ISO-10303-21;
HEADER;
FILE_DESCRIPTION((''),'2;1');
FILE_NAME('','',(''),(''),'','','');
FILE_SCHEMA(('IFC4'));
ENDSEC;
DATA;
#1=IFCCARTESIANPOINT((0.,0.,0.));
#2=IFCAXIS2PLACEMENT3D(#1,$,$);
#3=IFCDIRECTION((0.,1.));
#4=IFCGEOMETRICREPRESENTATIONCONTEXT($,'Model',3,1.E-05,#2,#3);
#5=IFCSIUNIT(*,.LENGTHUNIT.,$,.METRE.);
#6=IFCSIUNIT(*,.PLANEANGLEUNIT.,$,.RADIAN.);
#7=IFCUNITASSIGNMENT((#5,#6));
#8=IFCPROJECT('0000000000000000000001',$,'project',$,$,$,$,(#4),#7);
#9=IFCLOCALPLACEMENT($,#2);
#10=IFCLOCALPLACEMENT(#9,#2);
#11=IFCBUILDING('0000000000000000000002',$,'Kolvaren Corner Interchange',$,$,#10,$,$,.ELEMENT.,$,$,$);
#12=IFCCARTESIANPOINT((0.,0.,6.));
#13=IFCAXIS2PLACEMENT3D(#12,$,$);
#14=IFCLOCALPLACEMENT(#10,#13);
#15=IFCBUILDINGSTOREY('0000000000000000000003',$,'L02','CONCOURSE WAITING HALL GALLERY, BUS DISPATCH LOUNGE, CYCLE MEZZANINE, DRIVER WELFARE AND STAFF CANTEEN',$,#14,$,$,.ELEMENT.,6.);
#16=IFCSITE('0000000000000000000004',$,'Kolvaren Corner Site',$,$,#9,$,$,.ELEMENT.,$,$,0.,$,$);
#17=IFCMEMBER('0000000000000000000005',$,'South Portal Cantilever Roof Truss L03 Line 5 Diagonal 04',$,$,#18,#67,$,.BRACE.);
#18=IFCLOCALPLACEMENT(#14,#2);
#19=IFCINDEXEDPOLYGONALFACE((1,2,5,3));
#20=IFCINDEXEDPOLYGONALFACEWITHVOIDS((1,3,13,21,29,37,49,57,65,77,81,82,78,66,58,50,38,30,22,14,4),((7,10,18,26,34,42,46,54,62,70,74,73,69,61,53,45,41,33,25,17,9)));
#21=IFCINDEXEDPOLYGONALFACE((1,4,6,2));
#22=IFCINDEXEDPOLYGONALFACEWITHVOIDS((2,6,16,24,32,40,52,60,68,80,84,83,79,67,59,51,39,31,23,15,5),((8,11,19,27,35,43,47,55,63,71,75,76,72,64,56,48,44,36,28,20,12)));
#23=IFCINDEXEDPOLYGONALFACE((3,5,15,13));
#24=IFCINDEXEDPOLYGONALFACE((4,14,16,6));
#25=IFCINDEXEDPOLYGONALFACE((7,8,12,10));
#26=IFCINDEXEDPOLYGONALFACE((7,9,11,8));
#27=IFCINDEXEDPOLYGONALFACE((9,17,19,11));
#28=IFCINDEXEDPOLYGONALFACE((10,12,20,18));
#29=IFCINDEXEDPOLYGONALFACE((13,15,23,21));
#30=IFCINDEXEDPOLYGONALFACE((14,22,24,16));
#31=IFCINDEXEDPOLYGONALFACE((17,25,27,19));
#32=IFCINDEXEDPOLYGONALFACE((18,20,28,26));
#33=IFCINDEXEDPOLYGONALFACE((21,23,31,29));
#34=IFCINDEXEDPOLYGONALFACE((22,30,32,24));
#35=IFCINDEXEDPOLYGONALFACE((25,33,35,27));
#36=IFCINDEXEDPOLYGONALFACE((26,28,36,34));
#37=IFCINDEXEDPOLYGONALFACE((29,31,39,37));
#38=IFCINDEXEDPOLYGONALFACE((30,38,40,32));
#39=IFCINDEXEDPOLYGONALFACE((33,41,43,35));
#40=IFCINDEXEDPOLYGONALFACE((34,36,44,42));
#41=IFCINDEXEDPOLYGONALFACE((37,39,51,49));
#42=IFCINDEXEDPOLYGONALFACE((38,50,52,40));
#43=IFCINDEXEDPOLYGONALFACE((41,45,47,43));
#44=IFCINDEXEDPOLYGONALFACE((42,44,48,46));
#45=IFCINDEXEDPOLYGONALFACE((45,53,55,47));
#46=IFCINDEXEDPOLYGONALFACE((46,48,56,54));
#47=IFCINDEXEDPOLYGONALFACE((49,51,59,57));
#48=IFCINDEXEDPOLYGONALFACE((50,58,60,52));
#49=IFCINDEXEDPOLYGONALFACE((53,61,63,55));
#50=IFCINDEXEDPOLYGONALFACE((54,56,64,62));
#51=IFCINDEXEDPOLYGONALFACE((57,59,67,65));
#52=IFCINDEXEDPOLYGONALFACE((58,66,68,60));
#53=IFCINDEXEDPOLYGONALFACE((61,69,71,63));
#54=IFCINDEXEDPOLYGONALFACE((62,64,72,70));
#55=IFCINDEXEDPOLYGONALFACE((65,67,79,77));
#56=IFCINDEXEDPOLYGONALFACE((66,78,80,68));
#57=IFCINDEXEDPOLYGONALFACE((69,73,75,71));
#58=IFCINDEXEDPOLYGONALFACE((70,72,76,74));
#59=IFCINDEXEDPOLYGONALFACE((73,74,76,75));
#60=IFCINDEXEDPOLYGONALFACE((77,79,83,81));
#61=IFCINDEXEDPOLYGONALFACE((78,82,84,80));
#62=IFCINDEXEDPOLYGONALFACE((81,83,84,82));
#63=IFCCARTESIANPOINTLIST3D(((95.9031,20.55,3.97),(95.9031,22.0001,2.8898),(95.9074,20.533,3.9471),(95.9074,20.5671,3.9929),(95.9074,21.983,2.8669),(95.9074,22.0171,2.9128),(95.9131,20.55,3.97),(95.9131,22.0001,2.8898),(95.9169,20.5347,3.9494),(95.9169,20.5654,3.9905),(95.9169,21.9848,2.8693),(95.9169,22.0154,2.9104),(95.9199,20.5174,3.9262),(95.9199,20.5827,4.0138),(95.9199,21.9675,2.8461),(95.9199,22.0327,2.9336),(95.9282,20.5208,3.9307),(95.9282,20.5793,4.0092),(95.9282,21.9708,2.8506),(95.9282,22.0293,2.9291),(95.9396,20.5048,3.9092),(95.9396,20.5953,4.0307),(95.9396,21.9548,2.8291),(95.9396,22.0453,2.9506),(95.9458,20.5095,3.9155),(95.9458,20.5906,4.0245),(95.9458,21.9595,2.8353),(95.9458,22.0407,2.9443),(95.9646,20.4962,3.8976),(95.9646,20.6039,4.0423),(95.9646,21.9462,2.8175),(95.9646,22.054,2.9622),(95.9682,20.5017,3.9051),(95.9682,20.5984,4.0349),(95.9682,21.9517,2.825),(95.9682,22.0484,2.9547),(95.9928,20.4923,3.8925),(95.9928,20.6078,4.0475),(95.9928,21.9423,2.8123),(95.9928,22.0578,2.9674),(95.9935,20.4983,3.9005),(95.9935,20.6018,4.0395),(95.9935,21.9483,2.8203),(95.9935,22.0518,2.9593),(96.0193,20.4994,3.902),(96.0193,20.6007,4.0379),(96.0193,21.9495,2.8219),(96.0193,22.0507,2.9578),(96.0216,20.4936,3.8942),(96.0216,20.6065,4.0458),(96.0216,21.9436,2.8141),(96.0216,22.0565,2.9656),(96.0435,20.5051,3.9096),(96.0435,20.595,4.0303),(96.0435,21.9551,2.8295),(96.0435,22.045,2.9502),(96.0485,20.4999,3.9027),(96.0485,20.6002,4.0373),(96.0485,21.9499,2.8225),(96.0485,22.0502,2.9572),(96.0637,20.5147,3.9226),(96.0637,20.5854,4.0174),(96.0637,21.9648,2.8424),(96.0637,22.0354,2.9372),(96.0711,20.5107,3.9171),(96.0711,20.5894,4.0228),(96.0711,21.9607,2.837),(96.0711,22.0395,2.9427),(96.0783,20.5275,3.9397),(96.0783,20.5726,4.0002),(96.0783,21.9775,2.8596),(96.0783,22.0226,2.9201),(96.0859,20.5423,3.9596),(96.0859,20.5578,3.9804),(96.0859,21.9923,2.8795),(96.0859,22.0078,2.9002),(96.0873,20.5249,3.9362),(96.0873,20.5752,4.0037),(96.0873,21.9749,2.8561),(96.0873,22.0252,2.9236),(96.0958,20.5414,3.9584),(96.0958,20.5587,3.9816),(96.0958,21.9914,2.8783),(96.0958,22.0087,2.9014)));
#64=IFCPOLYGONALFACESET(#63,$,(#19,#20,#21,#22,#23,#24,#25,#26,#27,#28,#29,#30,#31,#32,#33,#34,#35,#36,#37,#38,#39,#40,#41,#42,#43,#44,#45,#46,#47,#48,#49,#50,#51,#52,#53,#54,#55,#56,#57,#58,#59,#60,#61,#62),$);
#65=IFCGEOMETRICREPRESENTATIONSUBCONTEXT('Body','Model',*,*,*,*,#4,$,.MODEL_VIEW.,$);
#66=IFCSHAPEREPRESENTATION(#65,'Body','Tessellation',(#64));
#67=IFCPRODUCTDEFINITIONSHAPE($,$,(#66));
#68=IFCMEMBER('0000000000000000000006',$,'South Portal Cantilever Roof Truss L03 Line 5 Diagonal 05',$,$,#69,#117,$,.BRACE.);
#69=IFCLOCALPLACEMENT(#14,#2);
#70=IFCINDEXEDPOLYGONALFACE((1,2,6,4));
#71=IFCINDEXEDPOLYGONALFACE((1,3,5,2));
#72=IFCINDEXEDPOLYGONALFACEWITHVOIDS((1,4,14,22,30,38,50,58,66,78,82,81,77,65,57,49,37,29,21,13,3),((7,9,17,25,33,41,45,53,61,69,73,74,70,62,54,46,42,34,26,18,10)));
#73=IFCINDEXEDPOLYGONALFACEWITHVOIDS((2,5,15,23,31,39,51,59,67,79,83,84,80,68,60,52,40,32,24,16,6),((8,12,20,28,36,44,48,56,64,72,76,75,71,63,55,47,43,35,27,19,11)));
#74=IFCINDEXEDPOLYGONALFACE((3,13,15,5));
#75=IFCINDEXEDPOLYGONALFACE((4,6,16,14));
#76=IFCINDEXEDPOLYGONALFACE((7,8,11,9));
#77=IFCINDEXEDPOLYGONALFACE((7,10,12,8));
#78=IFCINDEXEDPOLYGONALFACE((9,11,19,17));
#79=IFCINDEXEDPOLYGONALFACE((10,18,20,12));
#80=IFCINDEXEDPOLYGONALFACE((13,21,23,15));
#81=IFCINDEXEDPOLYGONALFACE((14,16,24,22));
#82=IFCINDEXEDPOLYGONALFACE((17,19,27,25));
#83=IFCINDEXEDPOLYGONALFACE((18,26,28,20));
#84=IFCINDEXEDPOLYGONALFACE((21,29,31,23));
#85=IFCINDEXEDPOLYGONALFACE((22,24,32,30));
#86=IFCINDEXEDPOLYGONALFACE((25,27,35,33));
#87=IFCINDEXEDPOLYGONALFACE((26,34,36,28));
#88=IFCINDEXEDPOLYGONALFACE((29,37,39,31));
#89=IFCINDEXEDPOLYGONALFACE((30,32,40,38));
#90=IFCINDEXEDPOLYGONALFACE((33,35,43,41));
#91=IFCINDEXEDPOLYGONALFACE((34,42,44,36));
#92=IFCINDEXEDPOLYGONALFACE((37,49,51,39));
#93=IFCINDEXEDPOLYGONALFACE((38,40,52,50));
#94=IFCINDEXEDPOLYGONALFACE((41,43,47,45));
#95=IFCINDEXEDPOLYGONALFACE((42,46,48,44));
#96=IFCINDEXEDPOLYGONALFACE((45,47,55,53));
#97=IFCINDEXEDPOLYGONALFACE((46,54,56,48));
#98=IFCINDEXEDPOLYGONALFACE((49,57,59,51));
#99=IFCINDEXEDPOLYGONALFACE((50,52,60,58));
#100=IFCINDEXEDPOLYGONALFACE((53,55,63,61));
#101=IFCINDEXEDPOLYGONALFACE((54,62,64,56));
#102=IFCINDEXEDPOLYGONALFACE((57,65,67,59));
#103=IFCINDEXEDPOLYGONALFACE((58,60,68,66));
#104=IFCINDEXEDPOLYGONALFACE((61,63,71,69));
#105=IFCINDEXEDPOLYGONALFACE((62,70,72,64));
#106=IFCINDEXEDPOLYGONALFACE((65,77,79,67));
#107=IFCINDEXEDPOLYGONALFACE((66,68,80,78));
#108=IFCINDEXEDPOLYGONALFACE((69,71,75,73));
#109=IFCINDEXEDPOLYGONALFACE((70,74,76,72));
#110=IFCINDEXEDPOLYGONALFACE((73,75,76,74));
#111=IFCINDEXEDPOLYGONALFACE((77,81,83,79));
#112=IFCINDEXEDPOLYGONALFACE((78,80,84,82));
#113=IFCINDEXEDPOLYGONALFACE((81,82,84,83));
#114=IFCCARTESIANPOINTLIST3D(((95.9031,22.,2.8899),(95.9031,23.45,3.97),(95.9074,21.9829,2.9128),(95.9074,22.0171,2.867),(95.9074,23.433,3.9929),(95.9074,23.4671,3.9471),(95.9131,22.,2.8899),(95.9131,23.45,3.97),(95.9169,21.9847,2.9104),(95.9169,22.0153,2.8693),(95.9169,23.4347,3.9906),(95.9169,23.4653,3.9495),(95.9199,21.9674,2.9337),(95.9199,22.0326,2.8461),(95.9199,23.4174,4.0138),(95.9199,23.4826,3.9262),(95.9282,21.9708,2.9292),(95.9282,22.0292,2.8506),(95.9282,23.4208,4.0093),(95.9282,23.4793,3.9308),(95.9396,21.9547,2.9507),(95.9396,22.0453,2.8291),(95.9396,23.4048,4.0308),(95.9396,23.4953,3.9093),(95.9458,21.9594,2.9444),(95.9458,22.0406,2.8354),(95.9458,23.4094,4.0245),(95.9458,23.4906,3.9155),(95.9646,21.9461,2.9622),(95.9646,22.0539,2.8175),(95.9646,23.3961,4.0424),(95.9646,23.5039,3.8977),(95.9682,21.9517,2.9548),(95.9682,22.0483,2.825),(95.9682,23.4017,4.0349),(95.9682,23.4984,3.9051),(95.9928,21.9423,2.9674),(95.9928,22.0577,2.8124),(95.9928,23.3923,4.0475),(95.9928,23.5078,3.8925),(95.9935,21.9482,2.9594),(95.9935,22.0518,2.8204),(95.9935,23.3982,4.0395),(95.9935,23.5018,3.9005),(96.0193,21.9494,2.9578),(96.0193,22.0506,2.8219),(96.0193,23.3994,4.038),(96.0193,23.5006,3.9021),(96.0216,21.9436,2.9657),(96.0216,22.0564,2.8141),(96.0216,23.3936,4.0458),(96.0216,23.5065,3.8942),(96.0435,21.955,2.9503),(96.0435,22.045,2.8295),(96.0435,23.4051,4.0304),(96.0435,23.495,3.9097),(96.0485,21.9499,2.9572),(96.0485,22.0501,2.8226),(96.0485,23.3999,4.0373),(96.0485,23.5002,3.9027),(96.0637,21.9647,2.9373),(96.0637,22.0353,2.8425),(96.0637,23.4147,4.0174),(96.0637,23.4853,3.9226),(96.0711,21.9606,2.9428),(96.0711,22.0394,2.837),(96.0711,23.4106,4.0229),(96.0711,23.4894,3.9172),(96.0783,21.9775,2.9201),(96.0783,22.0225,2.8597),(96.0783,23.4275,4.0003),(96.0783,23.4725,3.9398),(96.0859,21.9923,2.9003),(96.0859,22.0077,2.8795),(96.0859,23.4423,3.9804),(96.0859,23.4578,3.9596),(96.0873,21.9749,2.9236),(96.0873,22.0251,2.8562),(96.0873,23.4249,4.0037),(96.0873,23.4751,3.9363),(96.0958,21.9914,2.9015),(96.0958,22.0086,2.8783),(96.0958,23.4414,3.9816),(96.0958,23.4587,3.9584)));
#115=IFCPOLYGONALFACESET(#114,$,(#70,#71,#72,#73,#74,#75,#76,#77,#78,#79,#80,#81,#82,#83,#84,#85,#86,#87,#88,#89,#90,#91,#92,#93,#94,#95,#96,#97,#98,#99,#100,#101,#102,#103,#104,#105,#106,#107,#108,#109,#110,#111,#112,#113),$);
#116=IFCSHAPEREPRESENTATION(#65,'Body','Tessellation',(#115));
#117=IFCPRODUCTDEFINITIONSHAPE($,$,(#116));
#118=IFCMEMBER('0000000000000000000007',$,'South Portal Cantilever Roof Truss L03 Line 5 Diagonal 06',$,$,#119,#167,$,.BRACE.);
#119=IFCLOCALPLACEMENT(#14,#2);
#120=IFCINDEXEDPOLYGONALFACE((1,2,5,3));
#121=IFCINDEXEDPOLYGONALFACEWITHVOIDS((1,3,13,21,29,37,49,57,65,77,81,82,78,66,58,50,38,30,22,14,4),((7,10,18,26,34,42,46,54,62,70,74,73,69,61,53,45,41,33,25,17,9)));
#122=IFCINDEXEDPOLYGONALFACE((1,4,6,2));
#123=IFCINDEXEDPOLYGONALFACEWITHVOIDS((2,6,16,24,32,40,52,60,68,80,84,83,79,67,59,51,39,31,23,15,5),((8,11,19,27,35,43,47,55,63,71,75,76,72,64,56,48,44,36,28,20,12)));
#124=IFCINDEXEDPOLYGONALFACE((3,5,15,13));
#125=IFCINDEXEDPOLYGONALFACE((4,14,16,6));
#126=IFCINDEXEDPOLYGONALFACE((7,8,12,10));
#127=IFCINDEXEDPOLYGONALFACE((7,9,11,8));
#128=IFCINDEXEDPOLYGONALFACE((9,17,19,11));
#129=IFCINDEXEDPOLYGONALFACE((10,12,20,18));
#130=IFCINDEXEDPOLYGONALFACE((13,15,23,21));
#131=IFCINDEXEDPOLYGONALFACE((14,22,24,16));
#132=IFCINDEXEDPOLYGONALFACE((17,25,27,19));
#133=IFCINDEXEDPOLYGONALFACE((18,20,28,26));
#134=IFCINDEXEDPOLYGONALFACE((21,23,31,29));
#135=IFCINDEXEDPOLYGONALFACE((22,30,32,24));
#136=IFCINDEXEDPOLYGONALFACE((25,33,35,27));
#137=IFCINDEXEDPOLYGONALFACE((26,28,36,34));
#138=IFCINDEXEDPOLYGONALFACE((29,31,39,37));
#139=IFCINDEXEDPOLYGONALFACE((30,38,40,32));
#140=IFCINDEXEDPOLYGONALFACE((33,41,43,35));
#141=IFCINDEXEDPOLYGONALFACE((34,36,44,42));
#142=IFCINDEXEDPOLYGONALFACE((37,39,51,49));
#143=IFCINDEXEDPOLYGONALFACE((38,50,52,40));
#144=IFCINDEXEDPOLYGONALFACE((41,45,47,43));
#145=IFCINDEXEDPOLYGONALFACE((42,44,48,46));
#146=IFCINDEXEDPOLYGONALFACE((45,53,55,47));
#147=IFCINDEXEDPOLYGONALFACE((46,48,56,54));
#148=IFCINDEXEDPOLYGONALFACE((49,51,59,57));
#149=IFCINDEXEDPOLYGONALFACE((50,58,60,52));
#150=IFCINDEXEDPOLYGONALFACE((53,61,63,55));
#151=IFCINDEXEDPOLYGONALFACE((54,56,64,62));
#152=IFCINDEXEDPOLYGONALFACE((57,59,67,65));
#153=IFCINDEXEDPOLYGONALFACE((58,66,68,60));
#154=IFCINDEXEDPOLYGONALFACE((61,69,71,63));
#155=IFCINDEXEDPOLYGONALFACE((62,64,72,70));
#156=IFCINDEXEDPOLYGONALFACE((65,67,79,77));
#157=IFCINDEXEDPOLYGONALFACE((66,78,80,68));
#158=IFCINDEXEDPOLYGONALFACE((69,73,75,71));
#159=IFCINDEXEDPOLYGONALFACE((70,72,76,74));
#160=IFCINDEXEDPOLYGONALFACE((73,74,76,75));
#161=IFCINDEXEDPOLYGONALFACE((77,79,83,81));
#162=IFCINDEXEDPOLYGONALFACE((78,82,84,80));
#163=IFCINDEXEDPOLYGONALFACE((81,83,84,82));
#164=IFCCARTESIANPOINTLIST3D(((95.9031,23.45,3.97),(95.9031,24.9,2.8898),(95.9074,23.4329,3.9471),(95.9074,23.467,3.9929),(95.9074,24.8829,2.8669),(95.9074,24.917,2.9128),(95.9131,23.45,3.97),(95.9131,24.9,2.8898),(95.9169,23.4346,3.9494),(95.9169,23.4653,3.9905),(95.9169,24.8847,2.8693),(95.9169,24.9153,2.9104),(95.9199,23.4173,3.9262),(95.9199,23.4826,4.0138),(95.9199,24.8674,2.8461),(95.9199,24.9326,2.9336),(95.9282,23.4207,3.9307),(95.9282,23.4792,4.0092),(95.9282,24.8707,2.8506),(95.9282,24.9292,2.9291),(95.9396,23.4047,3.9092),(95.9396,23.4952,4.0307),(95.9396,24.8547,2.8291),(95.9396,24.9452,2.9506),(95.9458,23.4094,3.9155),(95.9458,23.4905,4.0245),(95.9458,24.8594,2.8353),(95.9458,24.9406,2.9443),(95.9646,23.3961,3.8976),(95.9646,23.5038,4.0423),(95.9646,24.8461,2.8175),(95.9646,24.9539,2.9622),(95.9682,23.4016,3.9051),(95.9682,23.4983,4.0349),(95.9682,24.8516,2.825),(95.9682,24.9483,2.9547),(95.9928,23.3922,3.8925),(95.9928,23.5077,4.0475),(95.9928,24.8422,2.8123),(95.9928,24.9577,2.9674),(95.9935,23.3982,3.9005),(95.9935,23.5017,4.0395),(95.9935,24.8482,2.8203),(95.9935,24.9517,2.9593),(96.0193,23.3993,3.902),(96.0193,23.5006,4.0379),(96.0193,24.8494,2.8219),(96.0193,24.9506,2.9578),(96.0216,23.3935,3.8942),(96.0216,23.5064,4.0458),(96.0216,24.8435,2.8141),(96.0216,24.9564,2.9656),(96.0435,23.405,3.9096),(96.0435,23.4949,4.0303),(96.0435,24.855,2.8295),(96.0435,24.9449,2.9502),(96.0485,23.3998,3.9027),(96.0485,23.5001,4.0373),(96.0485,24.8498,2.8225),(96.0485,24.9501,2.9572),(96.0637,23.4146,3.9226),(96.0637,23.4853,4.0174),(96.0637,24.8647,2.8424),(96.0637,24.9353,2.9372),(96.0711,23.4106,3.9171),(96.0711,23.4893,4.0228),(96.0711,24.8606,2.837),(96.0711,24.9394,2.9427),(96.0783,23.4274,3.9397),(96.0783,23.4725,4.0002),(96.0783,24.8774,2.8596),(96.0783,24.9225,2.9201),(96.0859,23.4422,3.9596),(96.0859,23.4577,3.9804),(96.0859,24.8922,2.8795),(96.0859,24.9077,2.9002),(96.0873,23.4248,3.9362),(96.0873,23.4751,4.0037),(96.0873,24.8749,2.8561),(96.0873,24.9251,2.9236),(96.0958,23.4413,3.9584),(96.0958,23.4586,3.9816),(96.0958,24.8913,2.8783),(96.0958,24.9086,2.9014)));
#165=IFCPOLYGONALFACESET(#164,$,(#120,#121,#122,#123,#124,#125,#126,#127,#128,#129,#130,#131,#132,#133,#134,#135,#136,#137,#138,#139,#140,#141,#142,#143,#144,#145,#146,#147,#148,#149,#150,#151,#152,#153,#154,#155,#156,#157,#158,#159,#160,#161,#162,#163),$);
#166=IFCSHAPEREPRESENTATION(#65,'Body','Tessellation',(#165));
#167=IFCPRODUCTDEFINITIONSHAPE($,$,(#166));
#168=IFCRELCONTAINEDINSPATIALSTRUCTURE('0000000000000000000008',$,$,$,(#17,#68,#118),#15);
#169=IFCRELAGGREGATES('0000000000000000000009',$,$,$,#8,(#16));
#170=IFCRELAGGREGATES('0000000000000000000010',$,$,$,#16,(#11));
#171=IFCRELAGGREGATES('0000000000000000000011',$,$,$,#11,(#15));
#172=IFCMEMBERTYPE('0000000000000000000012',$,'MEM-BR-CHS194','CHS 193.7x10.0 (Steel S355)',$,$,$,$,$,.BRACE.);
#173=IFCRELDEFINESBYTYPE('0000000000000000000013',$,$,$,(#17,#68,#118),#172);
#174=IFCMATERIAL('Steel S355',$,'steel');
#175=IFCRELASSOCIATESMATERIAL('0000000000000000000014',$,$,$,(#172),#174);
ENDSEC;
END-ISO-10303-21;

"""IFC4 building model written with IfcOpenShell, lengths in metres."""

from ifc_helpers import new_model, si_unit, direction, frame, origin, origin_2d, place, context, subcontext, project, spatial, hollow_circle, extrude, material, material_profile, profile_set, type_object, element, save


model = new_model("IFC4")

# Units and contexts
model_context = context("Model", 3, precision=1e-05, world=origin(), true_north=direction((0.0, 1.0)))
body_context = subcontext(model_context, "Body", "Model", "MODEL_VIEW")
ifc_project = project(units=[si_unit("LENGTHUNIT", "METRE"), si_unit("PLANEANGLEUNIT", "RADIAN")], contexts=[model_context])

# Site, building, storey
site_placement = place(None, origin())
site = spatial("IfcSite", under=ifc_project, at=site_placement, Name="Kolvaren Corner Site", CompositionType="ELEMENT", RefElevation=0.0)
building_placement = place(site_placement, origin())
building = spatial("IfcBuilding", under=site, at=building_placement, Name="Kolvaren Corner Interchange", CompositionType="ELEMENT")
storey_placement = place(building_placement, frame((0.0, 0.0, 6.0)))
storey = spatial("IfcBuildingStorey", under=building, at=storey_placement, Name="L02", Description="CONCOURSE WAITING HALL GALLERY, BUS DISPATCH LOUNGE, CYCLE MEZZANINE, DRIVER WELFARE AND STAFF CANTEEN", CompositionType="ELEMENT", Elevation=6.0)

# Members
ifc_material_1 = material(Name="Steel S355", Category="steel")
ifc_material_profile_1 = material_profile(ifc_material_1, hollow_circle(Radius=0.0969, WallThickness=0.01, at=origin_2d()), Name="CHS 193.7x10.0")
ifc_profile_set_1 = profile_set([ifc_material_profile_1], Name="Steel S355")
member_type_1 = type_object("IfcMemberType", Name="MEM-BR-CHS194", Description="CHS 193.7x10.0 (Steel S355)", PredefinedType="BRACE", material=ifc_profile_set_1)
for number, where, z_axis, x_axis, name in (
    (1, (96.0, 20.55, 3.97), (0.0, 0.801956, -0.597383), (-1.0, 0.0, 0.0), "South Portal Cantilever Roof Truss L03 Line 5 Diagonal 04"),
    (2, (96.0, 22.0, 2.8899), (0.0, 0.801956, 0.597383), (-1.0, 0.0, 0.0), "South Portal Cantilever Roof Truss L03 Line 5 Diagonal 05"),
    (3, (96.0, 23.45, 3.97), (0.0, 0.801956, -0.597383), (-1.0, 0.0, 0.0), "South Portal Cantilever Roof Truss L03 Line 5 Diagonal 06"),
):
    element("IfcMember", number, at=place(storey_placement, frame(where, z_axis=z_axis, x_axis=x_axis)), inside=storey, type_object=member_type_1, Name=name, PredefinedType="BRACE", context=body_context, shape_type="SweptSolid", body=[
        extrude(hollow_circle(Radius=0.0969, WallThickness=0.01, at=origin_2d()), origin(), (0.0, 0.0, 1.0), 1.8081),
    ])

save(model, "model.ifc")
